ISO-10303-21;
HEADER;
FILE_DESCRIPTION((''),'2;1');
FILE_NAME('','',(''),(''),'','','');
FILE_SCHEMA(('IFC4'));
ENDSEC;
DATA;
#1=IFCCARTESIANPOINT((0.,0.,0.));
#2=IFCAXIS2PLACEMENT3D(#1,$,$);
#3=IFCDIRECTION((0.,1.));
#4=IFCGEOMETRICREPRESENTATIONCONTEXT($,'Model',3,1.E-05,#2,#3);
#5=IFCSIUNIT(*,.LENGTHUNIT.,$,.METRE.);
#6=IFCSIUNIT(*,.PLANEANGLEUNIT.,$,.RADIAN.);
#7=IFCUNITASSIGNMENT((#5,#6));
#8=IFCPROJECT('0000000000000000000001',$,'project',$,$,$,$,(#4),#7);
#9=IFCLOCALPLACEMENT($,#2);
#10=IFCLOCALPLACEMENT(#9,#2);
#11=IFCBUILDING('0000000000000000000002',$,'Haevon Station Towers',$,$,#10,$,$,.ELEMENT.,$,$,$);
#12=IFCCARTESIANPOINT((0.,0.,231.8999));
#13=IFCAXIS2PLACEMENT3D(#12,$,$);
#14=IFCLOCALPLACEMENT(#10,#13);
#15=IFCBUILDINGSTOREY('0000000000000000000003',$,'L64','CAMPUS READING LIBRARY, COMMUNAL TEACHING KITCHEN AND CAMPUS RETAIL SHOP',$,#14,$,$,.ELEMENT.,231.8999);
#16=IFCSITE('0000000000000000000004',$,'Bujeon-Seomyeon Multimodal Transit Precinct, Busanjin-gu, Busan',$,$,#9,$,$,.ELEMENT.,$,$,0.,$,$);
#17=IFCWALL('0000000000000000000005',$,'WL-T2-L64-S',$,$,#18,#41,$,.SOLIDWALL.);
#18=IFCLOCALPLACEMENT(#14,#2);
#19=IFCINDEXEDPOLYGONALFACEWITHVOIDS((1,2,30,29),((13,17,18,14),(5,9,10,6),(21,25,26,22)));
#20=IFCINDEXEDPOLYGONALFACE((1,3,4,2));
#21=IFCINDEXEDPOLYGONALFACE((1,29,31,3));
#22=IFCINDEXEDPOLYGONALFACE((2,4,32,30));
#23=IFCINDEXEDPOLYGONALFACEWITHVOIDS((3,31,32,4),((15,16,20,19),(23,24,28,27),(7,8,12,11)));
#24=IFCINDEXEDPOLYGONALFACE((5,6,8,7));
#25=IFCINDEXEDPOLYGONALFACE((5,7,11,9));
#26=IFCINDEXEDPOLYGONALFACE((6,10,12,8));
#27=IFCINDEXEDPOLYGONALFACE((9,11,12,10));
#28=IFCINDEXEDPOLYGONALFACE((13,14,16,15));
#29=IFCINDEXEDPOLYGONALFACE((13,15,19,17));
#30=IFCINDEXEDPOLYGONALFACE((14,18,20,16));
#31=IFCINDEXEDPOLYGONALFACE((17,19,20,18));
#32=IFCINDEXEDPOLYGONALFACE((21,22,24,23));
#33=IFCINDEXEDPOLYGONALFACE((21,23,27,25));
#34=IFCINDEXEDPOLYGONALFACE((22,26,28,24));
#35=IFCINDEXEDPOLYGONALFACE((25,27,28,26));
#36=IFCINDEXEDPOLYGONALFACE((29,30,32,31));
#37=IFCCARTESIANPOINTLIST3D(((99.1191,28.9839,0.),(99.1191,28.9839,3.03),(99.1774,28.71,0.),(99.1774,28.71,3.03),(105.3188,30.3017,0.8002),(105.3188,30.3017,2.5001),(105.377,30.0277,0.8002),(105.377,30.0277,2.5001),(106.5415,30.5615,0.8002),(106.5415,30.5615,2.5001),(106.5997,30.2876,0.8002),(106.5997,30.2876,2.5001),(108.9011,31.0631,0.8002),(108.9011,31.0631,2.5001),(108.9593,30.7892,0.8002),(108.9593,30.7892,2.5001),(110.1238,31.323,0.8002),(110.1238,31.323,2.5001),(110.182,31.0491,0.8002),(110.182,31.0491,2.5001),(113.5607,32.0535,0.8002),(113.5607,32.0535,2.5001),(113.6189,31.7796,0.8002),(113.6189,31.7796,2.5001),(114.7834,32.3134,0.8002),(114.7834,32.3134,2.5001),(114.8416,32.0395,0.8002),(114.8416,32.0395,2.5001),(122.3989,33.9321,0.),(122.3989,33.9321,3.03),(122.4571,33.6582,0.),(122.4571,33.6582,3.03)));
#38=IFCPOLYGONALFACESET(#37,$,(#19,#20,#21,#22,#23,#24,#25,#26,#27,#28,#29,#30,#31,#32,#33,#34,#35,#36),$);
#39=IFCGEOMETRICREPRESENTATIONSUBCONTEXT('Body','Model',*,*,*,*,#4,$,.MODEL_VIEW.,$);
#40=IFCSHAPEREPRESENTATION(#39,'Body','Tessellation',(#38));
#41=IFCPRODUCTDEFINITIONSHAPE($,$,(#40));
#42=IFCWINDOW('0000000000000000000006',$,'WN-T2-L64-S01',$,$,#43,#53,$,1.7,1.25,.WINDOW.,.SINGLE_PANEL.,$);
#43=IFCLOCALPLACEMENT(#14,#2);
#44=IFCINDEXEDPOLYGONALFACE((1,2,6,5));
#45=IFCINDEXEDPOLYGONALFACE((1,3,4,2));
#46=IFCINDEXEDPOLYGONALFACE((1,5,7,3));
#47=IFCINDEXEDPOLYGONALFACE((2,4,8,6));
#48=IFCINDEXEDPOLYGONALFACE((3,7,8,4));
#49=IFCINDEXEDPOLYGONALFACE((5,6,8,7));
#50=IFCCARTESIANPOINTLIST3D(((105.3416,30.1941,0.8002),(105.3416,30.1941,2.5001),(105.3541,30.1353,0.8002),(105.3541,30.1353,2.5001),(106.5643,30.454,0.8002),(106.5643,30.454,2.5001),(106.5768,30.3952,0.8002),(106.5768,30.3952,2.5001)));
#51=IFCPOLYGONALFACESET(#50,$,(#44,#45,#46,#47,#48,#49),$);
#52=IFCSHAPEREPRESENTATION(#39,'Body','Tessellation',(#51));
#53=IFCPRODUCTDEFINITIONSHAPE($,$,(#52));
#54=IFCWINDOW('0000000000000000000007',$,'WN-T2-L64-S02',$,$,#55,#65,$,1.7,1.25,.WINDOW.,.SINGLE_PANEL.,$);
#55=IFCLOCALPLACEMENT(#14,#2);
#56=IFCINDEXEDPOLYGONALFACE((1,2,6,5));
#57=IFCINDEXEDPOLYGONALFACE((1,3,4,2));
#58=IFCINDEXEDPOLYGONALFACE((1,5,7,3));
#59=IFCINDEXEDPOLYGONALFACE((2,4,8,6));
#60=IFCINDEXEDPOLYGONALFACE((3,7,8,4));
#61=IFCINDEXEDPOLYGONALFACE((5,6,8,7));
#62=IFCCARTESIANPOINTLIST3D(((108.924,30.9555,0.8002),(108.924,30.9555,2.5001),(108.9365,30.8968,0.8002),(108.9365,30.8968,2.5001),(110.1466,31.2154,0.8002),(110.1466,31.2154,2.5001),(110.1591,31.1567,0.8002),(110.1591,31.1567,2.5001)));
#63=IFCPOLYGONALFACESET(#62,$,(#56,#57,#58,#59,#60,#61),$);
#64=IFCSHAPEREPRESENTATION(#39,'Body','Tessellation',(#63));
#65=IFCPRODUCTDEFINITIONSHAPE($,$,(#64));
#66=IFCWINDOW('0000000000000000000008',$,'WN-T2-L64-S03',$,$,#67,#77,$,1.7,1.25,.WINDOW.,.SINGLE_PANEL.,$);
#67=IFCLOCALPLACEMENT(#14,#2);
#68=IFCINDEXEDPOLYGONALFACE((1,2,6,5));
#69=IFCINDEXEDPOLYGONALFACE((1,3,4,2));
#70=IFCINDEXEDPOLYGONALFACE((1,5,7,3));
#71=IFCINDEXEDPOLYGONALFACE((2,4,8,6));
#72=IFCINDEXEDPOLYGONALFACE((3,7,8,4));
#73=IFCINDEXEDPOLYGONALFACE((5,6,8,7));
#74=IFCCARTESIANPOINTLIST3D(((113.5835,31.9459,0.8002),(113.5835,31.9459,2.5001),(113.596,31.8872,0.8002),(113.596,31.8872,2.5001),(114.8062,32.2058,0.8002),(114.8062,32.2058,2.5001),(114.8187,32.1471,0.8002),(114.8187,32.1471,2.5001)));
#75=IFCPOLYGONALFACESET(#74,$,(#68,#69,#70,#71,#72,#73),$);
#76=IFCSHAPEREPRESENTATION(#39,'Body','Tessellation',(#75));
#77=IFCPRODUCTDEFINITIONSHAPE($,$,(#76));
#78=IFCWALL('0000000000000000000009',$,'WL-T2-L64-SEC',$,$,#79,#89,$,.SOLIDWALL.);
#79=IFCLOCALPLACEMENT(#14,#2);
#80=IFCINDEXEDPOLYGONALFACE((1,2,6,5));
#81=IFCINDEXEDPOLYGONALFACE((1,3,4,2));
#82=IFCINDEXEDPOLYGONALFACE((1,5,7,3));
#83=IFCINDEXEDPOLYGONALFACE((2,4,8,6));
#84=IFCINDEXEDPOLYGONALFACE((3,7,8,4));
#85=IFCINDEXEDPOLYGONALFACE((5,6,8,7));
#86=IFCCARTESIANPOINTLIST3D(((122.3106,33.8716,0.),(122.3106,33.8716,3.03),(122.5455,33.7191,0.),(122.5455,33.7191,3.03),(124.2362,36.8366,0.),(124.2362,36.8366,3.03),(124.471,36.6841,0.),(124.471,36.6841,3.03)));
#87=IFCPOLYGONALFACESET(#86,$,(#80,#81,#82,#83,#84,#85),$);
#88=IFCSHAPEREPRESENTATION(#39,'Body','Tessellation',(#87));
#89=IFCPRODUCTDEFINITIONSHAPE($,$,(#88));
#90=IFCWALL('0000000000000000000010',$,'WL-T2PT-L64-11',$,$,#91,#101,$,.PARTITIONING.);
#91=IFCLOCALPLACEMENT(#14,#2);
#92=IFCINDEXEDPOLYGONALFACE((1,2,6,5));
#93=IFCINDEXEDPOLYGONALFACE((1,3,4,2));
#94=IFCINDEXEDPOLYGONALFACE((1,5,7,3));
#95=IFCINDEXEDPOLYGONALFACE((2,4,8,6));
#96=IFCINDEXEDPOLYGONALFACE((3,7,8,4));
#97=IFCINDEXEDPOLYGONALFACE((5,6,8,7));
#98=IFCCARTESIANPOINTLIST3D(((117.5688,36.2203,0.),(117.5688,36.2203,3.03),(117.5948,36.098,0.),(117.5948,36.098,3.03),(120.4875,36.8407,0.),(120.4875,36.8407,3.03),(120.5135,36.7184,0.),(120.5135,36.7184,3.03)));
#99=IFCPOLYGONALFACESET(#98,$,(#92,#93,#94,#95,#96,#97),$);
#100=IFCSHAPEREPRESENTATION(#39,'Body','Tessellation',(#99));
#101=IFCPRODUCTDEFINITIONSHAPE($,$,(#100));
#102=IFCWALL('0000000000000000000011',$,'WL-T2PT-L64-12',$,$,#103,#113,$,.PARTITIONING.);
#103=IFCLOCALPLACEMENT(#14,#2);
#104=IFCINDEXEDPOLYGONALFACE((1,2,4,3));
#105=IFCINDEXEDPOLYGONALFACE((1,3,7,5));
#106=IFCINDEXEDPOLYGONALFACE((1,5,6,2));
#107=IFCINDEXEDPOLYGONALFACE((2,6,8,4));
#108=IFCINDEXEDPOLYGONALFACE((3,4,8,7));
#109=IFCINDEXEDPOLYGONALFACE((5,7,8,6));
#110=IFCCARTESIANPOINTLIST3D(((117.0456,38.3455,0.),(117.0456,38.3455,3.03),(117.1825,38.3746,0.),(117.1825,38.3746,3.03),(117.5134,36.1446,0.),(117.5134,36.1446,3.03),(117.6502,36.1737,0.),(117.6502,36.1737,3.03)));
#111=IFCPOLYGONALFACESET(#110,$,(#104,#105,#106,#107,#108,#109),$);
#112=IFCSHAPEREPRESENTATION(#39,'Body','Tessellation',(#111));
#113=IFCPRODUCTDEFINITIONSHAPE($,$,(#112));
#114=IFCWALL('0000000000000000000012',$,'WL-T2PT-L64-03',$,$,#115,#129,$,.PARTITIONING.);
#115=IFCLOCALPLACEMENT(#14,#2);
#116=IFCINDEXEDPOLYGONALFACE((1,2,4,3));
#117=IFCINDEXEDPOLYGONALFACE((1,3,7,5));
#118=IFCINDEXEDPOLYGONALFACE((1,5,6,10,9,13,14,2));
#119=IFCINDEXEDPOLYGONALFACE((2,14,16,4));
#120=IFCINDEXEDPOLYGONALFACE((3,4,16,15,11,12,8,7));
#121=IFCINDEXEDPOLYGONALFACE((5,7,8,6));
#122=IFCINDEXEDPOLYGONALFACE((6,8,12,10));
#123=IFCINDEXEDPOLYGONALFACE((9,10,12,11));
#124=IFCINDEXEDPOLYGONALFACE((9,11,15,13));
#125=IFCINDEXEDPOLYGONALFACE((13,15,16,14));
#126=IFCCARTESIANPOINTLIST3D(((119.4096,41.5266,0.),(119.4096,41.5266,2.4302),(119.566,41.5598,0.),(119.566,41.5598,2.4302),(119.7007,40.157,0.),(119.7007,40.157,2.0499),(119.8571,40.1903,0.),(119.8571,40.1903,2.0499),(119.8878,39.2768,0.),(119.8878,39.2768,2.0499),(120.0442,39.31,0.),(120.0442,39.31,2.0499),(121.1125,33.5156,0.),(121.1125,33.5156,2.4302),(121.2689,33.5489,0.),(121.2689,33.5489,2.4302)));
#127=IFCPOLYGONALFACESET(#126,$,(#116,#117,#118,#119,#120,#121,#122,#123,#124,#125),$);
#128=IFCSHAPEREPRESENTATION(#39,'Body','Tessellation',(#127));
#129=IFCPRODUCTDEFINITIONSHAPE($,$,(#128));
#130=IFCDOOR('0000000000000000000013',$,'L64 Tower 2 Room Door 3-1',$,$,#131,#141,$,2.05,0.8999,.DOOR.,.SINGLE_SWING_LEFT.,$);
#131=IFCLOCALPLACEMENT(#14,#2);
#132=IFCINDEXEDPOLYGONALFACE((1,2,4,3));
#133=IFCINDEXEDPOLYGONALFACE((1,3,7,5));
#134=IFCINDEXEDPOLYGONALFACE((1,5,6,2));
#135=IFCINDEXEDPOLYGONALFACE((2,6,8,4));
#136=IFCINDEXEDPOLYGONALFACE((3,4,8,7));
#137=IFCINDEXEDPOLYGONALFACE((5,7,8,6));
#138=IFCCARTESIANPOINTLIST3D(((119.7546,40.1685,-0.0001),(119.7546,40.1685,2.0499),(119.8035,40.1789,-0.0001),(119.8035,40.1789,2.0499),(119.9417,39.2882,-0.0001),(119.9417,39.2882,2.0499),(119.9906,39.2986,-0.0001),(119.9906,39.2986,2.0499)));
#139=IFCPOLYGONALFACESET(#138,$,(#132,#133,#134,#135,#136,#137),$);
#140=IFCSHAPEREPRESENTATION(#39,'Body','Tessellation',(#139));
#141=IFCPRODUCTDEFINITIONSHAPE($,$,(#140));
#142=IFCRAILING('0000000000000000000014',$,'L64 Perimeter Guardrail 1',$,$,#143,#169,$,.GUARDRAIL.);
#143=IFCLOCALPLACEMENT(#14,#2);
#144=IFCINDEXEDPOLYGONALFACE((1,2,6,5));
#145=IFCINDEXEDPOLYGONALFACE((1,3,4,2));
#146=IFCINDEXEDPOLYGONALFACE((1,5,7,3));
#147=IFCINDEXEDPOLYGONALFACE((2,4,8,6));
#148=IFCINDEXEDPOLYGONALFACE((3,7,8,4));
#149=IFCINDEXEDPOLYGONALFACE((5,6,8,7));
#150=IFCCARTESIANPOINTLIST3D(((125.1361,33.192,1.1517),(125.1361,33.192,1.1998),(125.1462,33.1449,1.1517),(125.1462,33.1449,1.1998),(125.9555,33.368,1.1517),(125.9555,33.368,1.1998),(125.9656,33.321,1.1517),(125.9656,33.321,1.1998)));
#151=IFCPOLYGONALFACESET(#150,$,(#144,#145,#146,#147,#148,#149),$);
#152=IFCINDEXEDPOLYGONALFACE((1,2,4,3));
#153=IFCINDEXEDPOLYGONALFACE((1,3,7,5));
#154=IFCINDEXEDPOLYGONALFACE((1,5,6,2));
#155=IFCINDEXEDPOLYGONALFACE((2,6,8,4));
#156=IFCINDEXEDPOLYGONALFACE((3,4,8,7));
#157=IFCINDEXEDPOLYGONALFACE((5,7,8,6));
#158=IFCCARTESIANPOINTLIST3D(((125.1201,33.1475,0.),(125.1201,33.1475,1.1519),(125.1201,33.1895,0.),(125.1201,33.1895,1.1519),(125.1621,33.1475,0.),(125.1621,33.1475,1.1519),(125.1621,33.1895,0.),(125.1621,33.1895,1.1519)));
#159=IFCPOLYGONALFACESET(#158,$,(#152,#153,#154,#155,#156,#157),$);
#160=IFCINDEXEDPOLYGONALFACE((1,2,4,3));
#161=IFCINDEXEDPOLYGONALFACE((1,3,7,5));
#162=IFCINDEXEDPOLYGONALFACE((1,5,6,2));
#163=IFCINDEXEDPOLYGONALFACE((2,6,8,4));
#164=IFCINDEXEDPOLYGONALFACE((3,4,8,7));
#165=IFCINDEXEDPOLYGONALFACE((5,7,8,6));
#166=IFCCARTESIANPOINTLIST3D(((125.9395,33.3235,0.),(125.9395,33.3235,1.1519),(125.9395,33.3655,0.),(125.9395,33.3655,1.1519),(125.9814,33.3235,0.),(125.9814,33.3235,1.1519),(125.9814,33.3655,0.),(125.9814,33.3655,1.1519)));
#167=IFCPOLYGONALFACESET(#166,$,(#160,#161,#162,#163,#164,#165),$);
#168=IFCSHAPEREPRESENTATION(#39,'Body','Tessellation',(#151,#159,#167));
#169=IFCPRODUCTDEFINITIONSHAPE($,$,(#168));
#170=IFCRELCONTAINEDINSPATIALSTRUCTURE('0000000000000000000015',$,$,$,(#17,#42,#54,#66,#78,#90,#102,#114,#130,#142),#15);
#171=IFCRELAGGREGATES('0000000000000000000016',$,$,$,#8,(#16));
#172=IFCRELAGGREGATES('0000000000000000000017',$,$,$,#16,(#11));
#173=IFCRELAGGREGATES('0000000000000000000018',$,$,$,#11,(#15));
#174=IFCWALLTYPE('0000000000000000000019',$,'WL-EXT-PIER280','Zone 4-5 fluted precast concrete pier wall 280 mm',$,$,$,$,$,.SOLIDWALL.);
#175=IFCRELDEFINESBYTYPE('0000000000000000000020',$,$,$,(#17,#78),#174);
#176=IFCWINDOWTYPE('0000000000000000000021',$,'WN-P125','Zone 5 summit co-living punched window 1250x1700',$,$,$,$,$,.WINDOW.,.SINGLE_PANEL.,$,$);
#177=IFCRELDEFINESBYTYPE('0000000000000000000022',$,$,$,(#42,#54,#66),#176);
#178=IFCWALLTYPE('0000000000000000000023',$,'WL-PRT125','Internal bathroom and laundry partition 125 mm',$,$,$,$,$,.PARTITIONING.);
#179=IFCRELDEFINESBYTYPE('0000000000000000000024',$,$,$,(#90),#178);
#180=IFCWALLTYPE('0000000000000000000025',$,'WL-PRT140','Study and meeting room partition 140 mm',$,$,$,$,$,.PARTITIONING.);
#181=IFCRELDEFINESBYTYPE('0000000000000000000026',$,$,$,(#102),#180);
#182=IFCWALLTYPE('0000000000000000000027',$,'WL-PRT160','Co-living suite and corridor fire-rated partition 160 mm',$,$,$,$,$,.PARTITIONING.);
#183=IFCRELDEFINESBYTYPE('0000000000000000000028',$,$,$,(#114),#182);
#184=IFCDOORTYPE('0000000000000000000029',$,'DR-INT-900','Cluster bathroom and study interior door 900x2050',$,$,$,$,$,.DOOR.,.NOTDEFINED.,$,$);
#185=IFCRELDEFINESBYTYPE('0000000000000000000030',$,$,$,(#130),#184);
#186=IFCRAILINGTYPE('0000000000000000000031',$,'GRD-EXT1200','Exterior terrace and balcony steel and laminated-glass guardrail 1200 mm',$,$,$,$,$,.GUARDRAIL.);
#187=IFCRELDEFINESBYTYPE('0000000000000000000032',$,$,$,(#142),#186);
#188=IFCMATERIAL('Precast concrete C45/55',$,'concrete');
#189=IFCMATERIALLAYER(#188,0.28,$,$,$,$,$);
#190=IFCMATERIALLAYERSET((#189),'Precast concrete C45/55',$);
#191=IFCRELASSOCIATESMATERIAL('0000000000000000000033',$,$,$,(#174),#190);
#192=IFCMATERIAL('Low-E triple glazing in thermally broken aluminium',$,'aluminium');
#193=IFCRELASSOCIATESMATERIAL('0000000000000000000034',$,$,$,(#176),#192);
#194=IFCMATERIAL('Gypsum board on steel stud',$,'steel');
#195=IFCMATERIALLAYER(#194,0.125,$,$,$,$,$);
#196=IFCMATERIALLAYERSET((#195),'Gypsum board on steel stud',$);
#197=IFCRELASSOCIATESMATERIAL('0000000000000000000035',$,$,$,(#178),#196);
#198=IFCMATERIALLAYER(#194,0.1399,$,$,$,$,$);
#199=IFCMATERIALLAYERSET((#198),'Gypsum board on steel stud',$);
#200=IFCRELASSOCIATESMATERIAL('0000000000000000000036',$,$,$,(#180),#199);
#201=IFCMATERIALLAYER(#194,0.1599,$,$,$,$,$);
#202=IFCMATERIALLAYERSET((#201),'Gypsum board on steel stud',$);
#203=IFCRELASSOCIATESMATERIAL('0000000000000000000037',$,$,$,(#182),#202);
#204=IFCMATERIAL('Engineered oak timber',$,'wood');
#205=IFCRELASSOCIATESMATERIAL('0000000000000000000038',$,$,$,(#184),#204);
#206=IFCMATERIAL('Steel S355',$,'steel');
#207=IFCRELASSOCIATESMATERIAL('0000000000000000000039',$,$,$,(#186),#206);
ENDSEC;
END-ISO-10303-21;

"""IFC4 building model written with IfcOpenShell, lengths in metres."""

from ifc_helpers import new_model, si_unit, direction, frame, frame_2d, origin, origin_2d, place, context, subcontext, project, spatial, rectangle, extrude, material, layer, layer_set, type_object, element, fill, save


model = new_model("IFC4")

# Units and contexts
model_context = context("Model", 3, precision=1e-05, world=origin(), true_north=direction((0.0, 1.0)))
body_context = subcontext(model_context, "Body", "Model", "MODEL_VIEW")
ifc_project = project(units=[si_unit("LENGTHUNIT", "METRE"), si_unit("PLANEANGLEUNIT", "RADIAN")], contexts=[model_context])

# Site, building, storey
site_placement = place(None, origin())
site = spatial("IfcSite", under=ifc_project, at=site_placement, Name="Bujeon-Seomyeon Multimodal Transit Precinct, Busanjin-gu, Busan", CompositionType="ELEMENT", RefElevation=0.0)
building_placement = place(site_placement, origin())
building = spatial("IfcBuilding", under=site, at=building_placement, Name="Haevon Station Towers", CompositionType="ELEMENT")
storey_placement = place(building_placement, frame((0.0, 0.0, 231.8999)))
storey = spatial("IfcBuildingStorey", under=building, at=storey_placement, Name="L64", Description="CAMPUS READING LIBRARY, COMMUNAL TEACHING KITCHEN AND CAMPUS RETAIL SHOP", CompositionType="ELEMENT", Elevation=231.8999)

# Shared definitions
ifc_material_1 = material(Name="Steel S355", Category="steel")

# Wall, openings, windows
ifc_material_2 = material(Name="Precast concrete C45/55", Category="concrete")
ifc_layer_1 = layer(ifc_material_2, 0.28)
ifc_layer_set_1 = layer_set([ifc_layer_1], Name="Precast concrete C45/55")
wall_type_1 = type_object("IfcWallType", Name="WL-EXT-PIER280", Description="Zone 4-5 fluted precast concrete pier wall 280 mm", PredefinedType="SOLIDWALL", material=ifc_layer_set_1)
wall_1_placement = place(storey_placement, frame((122.428, 33.7952, 0.0), z_axis=(0.0, 0.0, 1.0), x_axis=(-0.978148, -0.207911, 0.0)))
wall_1 = element("IfcWall", 1, at=wall_1_placement, inside=storey, type_object=wall_type_1, Name="WL-T2-L64-S", PredefinedType="SOLIDWALL", context=body_context, shape_type="SweptSolid", body=[
    extrude(rectangle(XDim=23.7998, YDim=0.28, at=frame_2d((11.8999, 0.0))), origin(), (0.0, 0.0, 1.0), 3.03),
])
opening_1_placement = place(wall_1_placement, frame((16.2117, 0.0, 0.8)))
opening_1 = element("IfcOpeningElement", 2, at=opening_1_placement, cuts=wall_1, PredefinedType="OPENING", context=body_context, shape_type="SweptSolid", body=[
    extrude(rectangle(XDim=1.25, YDim=1.7, at=frame_2d((0.625, 0.8501))), frame((0.0, 0.1499, 0.0), z_axis=(0.0, -1.0, 0.0), x_axis=(1.0, 0.0, 0.0)), (0.0, 0.0, 1.0), 0.3),
])
opening_2_placement = place(wall_1_placement, frame((12.5493, 0.0, 0.8)))
opening_2 = element("IfcOpeningElement", 3, at=opening_2_placement, cuts=wall_1, PredefinedType="OPENING", context=body_context, shape_type="SweptSolid", body=[
    extrude(rectangle(XDim=1.25, YDim=1.7, at=frame_2d((0.625, 0.8501))), frame((0.0, 0.1499, 0.0), z_axis=(0.0, -1.0, 0.0), x_axis=(1.0, 0.0, 0.0)), (0.0, 0.0, 1.0), 0.3),
])
opening_3_placement = place(wall_1_placement, frame((7.7856, 0.0, 0.8)))
opening_3 = element("IfcOpeningElement", 4, at=opening_3_placement, cuts=wall_1, PredefinedType="OPENING", context=body_context, shape_type="SweptSolid", body=[
    extrude(rectangle(XDim=1.25, YDim=1.7, at=frame_2d((0.625, 0.8501))), frame((0.0, 0.1499, 0.0), z_axis=(0.0, -1.0, 0.0), x_axis=(1.0, 0.0, 0.0)), (0.0, 0.0, 1.0), 0.3),
])
ifc_material_3 = material(Name="Low-E triple glazing in thermally broken aluminium", Category="aluminium")
window_type = type_object("IfcWindowType", Name="WN-P125", Description="Zone 5 summit co-living punched window 1250x1700", PartitioningType="SINGLE_PANEL", PredefinedType="WINDOW", material=ifc_material_3)
window_1_placement = place(opening_1_placement, origin())
window_1 = element("IfcWindow", 5, at=window_1_placement, inside=storey, type_object=window_type, Name="WN-T2-L64-S01", OverallHeight=1.7, OverallWidth=1.25, PartitioningType="SINGLE_PANEL", PredefinedType="WINDOW", context=body_context, shape_type="SweptSolid", body=[
    extrude(rectangle(XDim=1.25, YDim=1.7, at=frame_2d((0.625, 0.8501))), frame((0.0, 0.03, 0.0), z_axis=(0.0, -1.0, 0.0), x_axis=(1.0, 0.0, 0.0)), (0.0, 0.0, 1.0), 0.0601),
])
fill(opening_1, window_1)
window_2_placement = place(opening_2_placement, origin())
window_2 = element("IfcWindow", 6, at=window_2_placement, inside=storey, type_object=window_type, Name="WN-T2-L64-S02", OverallHeight=1.7, OverallWidth=1.25, PartitioningType="SINGLE_PANEL", PredefinedType="WINDOW", context=body_context, shape_type="SweptSolid", body=[
    extrude(rectangle(XDim=1.25, YDim=1.7, at=frame_2d((0.625, 0.8501))), frame((0.0, 0.03, 0.0), z_axis=(0.0, -1.0, 0.0), x_axis=(1.0, 0.0, 0.0)), (0.0, 0.0, 1.0), 0.0601),
])
fill(opening_2, window_2)
window_3_placement = place(opening_3_placement, origin())
window_3 = element("IfcWindow", 7, at=window_3_placement, inside=storey, type_object=window_type, Name="WN-T2-L64-S03", OverallHeight=1.7, OverallWidth=1.25, PartitioningType="SINGLE_PANEL", PredefinedType="WINDOW", context=body_context, shape_type="SweptSolid", body=[
    extrude(rectangle(XDim=1.25, YDim=1.7, at=frame_2d((0.625, 0.8501))), frame((0.0, 0.03, 0.0), z_axis=(0.0, -1.0, 0.0), x_axis=(1.0, 0.0, 0.0)), (0.0, 0.0, 1.0), 0.0601),
])
fill(opening_3, window_3)

# Walls
wall_2_placement = place(storey_placement, frame((124.3535, 36.7603, 0.0), z_axis=(0.0, 0.0, 1.0), x_axis=(-0.544636, -0.838672, 0.0)))
element("IfcWall", 8, at=wall_2_placement, inside=storey, type_object=wall_type_1, Name="WL-T2-L64-SEC", PredefinedType="SOLIDWALL", context=body_context, shape_type="SweptSolid", body=[
    extrude(rectangle(XDim=3.5354, YDim=0.28, at=frame_2d((1.7676, 0.0))), origin(), (0.0, 0.0, 1.0), 3.03),
])
ifc_material_4 = material(Name="Gypsum board on steel stud", Category="steel")
ifc_layer_2 = layer(ifc_material_4, 0.125)
ifc_layer_set_2 = layer_set([ifc_layer_2], Name="Gypsum board on steel stud")
wall_type_2 = type_object("IfcWallType", Name="WL-PRT125", Description="Internal bathroom and laundry partition 125 mm", PredefinedType="PARTITIONING", material=ifc_layer_set_2)
wall_3_placement = place(storey_placement, frame((117.5818, 36.1592, 0.0), z_axis=(0.0, 0.0, 1.0), x_axis=(0.978149, 0.207903, 0.0)))
element("IfcWall", 9, at=wall_3_placement, inside=storey, type_object=wall_type_2, Name="WL-T2PT-L64-11", PredefinedType="PARTITIONING", context=body_context, shape_type="SweptSolid", body=[
    extrude(rectangle(XDim=2.9839, YDim=0.125, at=frame_2d((1.4919, 0.0))), origin(), (0.0, 0.0, 1.0), 3.03),
])
ifc_layer_3 = layer(ifc_material_4, 0.1399)
ifc_layer_set_3 = layer_set([ifc_layer_3], Name="Gypsum board on steel stud")
wall_type_3 = type_object("IfcWallType", Name="WL-PRT140", Description="Study and meeting room partition 140 mm", PredefinedType="PARTITIONING", material=ifc_layer_set_3)
wall_4_placement = place(storey_placement, frame((117.5818, 36.1592, 0.0), z_axis=(0.0, 0.0, 1.0), x_axis=(-0.207891, 0.978152, 0.0)))
element("IfcWall", 10, at=wall_4_placement, inside=storey, type_object=wall_type_3, Name="WL-T2PT-L64-12", PredefinedType="PARTITIONING", context=body_context, shape_type="SweptSolid", body=[
    extrude(rectangle(XDim=2.25, YDim=0.1399, at=frame_2d((1.125, 0.0))), origin(), (0.0, 0.0, 1.0), 3.03),
])

# Wall, opening, door
ifc_layer_4 = layer(ifc_material_4, 0.1599)
ifc_layer_set_4 = layer_set([ifc_layer_4], Name="Gypsum board on steel stud")
wall_type_4 = type_object("IfcWallType", Name="WL-PRT160", Description="Co-living suite and corridor fire-rated partition 160 mm", PredefinedType="PARTITIONING", material=ifc_layer_set_4)
wall_5_placement = place(storey_placement, frame((121.1907, 33.5322, 0.0), z_axis=(0.0, 0.0, 1.0), x_axis=(-0.207923, 0.978145, 0.0)))
wall_5 = element("IfcWall", 11, at=wall_5_placement, inside=storey, type_object=wall_type_4, Name="WL-T2PT-L64-03", PredefinedType="PARTITIONING", context=body_context, shape_type="SweptSolid", body=[
    extrude(rectangle(XDim=8.1899, YDim=0.1599, at=frame_2d((4.095, 0.0))), origin(), (0.0, 0.0, 1.0), 2.4302),
])
opening_4_placement = place(wall_5_placement, frame((5.8899, 0.0, 0.0)))
opening_4 = element("IfcOpeningElement", 12, at=opening_4_placement, cuts=wall_5, PredefinedType="OPENING", context=body_context, shape_type="SweptSolid", body=[
    extrude(rectangle(XDim=0.8999, YDim=2.05, at=frame_2d((0.45, 1.0249))), frame((0.0, 0.0898, 0.0), z_axis=(0.0, -1.0, 0.0), x_axis=(1.0, 0.0, 0.0)), (0.0, 0.0, 1.0), 0.1799),
])
ifc_material_5 = material(Name="Engineered oak timber", Category="wood")
door_type = type_object("IfcDoorType", Name="DR-INT-900", Description="Cluster bathroom and study interior door 900x2050", OperationType="NOTDEFINED", PredefinedType="DOOR", material=ifc_material_5)
door_placement = place(opening_4_placement, origin())
door = element("IfcDoor", 13, at=door_placement, inside=storey, type_object=door_type, Name="L64 Tower 2 Room Door 3-1", OperationType="SINGLE_SWING_LEFT", OverallHeight=2.05, OverallWidth=0.8999, PredefinedType="DOOR", context=body_context, shape_type="SweptSolid", body=[
    extrude(rectangle(XDim=0.8999, YDim=2.05, at=frame_2d((0.45, 1.0249))), frame((0.0, 0.0249, 0.0), z_axis=(0.0, -1.0, 0.0), x_axis=(1.0, 0.0, 0.0)), (0.0, 0.0, 1.0), 0.05),
])
fill(opening_4, door)

# Railing
railing_type = type_object("IfcRailingType", Name="GRD-EXT1200", Description="Exterior terrace and balcony steel and laminated-glass guardrail 1200 mm", PredefinedType="GUARDRAIL", material=ifc_material_1)
railing_1_placement = place(storey_placement, frame((125.1411, 33.1685, 0.0)))
element("IfcRailing", 14, at=railing_1_placement, inside=storey, type_object=railing_type, Name="L64 Perimeter Guardrail 1", PredefinedType="GUARDRAIL", context=body_context, shape_type="SweptSolid", body=[
    extrude(rectangle(XDim=0.0481, YDim=0.0481, at=origin_2d()), frame((0.0, 0.0, 1.1758), z_axis=(0.977691, 0.210046, 0.0), x_axis=(-0.210046, 0.977691, 0.0)), (0.0, 0.0, 1.0), 0.8381),
    extrude(rectangle(XDim=0.042, YDim=0.042, at=origin_2d()), origin(), (0.0, 0.0, 1.0), 1.1519),
    extrude(rectangle(XDim=0.042, YDim=0.042, at=origin_2d()), frame((0.8193, 0.176, 0.0)), (0.0, 0.0, 1.0), 1.1519),
])

save(model, "model.ifc")
